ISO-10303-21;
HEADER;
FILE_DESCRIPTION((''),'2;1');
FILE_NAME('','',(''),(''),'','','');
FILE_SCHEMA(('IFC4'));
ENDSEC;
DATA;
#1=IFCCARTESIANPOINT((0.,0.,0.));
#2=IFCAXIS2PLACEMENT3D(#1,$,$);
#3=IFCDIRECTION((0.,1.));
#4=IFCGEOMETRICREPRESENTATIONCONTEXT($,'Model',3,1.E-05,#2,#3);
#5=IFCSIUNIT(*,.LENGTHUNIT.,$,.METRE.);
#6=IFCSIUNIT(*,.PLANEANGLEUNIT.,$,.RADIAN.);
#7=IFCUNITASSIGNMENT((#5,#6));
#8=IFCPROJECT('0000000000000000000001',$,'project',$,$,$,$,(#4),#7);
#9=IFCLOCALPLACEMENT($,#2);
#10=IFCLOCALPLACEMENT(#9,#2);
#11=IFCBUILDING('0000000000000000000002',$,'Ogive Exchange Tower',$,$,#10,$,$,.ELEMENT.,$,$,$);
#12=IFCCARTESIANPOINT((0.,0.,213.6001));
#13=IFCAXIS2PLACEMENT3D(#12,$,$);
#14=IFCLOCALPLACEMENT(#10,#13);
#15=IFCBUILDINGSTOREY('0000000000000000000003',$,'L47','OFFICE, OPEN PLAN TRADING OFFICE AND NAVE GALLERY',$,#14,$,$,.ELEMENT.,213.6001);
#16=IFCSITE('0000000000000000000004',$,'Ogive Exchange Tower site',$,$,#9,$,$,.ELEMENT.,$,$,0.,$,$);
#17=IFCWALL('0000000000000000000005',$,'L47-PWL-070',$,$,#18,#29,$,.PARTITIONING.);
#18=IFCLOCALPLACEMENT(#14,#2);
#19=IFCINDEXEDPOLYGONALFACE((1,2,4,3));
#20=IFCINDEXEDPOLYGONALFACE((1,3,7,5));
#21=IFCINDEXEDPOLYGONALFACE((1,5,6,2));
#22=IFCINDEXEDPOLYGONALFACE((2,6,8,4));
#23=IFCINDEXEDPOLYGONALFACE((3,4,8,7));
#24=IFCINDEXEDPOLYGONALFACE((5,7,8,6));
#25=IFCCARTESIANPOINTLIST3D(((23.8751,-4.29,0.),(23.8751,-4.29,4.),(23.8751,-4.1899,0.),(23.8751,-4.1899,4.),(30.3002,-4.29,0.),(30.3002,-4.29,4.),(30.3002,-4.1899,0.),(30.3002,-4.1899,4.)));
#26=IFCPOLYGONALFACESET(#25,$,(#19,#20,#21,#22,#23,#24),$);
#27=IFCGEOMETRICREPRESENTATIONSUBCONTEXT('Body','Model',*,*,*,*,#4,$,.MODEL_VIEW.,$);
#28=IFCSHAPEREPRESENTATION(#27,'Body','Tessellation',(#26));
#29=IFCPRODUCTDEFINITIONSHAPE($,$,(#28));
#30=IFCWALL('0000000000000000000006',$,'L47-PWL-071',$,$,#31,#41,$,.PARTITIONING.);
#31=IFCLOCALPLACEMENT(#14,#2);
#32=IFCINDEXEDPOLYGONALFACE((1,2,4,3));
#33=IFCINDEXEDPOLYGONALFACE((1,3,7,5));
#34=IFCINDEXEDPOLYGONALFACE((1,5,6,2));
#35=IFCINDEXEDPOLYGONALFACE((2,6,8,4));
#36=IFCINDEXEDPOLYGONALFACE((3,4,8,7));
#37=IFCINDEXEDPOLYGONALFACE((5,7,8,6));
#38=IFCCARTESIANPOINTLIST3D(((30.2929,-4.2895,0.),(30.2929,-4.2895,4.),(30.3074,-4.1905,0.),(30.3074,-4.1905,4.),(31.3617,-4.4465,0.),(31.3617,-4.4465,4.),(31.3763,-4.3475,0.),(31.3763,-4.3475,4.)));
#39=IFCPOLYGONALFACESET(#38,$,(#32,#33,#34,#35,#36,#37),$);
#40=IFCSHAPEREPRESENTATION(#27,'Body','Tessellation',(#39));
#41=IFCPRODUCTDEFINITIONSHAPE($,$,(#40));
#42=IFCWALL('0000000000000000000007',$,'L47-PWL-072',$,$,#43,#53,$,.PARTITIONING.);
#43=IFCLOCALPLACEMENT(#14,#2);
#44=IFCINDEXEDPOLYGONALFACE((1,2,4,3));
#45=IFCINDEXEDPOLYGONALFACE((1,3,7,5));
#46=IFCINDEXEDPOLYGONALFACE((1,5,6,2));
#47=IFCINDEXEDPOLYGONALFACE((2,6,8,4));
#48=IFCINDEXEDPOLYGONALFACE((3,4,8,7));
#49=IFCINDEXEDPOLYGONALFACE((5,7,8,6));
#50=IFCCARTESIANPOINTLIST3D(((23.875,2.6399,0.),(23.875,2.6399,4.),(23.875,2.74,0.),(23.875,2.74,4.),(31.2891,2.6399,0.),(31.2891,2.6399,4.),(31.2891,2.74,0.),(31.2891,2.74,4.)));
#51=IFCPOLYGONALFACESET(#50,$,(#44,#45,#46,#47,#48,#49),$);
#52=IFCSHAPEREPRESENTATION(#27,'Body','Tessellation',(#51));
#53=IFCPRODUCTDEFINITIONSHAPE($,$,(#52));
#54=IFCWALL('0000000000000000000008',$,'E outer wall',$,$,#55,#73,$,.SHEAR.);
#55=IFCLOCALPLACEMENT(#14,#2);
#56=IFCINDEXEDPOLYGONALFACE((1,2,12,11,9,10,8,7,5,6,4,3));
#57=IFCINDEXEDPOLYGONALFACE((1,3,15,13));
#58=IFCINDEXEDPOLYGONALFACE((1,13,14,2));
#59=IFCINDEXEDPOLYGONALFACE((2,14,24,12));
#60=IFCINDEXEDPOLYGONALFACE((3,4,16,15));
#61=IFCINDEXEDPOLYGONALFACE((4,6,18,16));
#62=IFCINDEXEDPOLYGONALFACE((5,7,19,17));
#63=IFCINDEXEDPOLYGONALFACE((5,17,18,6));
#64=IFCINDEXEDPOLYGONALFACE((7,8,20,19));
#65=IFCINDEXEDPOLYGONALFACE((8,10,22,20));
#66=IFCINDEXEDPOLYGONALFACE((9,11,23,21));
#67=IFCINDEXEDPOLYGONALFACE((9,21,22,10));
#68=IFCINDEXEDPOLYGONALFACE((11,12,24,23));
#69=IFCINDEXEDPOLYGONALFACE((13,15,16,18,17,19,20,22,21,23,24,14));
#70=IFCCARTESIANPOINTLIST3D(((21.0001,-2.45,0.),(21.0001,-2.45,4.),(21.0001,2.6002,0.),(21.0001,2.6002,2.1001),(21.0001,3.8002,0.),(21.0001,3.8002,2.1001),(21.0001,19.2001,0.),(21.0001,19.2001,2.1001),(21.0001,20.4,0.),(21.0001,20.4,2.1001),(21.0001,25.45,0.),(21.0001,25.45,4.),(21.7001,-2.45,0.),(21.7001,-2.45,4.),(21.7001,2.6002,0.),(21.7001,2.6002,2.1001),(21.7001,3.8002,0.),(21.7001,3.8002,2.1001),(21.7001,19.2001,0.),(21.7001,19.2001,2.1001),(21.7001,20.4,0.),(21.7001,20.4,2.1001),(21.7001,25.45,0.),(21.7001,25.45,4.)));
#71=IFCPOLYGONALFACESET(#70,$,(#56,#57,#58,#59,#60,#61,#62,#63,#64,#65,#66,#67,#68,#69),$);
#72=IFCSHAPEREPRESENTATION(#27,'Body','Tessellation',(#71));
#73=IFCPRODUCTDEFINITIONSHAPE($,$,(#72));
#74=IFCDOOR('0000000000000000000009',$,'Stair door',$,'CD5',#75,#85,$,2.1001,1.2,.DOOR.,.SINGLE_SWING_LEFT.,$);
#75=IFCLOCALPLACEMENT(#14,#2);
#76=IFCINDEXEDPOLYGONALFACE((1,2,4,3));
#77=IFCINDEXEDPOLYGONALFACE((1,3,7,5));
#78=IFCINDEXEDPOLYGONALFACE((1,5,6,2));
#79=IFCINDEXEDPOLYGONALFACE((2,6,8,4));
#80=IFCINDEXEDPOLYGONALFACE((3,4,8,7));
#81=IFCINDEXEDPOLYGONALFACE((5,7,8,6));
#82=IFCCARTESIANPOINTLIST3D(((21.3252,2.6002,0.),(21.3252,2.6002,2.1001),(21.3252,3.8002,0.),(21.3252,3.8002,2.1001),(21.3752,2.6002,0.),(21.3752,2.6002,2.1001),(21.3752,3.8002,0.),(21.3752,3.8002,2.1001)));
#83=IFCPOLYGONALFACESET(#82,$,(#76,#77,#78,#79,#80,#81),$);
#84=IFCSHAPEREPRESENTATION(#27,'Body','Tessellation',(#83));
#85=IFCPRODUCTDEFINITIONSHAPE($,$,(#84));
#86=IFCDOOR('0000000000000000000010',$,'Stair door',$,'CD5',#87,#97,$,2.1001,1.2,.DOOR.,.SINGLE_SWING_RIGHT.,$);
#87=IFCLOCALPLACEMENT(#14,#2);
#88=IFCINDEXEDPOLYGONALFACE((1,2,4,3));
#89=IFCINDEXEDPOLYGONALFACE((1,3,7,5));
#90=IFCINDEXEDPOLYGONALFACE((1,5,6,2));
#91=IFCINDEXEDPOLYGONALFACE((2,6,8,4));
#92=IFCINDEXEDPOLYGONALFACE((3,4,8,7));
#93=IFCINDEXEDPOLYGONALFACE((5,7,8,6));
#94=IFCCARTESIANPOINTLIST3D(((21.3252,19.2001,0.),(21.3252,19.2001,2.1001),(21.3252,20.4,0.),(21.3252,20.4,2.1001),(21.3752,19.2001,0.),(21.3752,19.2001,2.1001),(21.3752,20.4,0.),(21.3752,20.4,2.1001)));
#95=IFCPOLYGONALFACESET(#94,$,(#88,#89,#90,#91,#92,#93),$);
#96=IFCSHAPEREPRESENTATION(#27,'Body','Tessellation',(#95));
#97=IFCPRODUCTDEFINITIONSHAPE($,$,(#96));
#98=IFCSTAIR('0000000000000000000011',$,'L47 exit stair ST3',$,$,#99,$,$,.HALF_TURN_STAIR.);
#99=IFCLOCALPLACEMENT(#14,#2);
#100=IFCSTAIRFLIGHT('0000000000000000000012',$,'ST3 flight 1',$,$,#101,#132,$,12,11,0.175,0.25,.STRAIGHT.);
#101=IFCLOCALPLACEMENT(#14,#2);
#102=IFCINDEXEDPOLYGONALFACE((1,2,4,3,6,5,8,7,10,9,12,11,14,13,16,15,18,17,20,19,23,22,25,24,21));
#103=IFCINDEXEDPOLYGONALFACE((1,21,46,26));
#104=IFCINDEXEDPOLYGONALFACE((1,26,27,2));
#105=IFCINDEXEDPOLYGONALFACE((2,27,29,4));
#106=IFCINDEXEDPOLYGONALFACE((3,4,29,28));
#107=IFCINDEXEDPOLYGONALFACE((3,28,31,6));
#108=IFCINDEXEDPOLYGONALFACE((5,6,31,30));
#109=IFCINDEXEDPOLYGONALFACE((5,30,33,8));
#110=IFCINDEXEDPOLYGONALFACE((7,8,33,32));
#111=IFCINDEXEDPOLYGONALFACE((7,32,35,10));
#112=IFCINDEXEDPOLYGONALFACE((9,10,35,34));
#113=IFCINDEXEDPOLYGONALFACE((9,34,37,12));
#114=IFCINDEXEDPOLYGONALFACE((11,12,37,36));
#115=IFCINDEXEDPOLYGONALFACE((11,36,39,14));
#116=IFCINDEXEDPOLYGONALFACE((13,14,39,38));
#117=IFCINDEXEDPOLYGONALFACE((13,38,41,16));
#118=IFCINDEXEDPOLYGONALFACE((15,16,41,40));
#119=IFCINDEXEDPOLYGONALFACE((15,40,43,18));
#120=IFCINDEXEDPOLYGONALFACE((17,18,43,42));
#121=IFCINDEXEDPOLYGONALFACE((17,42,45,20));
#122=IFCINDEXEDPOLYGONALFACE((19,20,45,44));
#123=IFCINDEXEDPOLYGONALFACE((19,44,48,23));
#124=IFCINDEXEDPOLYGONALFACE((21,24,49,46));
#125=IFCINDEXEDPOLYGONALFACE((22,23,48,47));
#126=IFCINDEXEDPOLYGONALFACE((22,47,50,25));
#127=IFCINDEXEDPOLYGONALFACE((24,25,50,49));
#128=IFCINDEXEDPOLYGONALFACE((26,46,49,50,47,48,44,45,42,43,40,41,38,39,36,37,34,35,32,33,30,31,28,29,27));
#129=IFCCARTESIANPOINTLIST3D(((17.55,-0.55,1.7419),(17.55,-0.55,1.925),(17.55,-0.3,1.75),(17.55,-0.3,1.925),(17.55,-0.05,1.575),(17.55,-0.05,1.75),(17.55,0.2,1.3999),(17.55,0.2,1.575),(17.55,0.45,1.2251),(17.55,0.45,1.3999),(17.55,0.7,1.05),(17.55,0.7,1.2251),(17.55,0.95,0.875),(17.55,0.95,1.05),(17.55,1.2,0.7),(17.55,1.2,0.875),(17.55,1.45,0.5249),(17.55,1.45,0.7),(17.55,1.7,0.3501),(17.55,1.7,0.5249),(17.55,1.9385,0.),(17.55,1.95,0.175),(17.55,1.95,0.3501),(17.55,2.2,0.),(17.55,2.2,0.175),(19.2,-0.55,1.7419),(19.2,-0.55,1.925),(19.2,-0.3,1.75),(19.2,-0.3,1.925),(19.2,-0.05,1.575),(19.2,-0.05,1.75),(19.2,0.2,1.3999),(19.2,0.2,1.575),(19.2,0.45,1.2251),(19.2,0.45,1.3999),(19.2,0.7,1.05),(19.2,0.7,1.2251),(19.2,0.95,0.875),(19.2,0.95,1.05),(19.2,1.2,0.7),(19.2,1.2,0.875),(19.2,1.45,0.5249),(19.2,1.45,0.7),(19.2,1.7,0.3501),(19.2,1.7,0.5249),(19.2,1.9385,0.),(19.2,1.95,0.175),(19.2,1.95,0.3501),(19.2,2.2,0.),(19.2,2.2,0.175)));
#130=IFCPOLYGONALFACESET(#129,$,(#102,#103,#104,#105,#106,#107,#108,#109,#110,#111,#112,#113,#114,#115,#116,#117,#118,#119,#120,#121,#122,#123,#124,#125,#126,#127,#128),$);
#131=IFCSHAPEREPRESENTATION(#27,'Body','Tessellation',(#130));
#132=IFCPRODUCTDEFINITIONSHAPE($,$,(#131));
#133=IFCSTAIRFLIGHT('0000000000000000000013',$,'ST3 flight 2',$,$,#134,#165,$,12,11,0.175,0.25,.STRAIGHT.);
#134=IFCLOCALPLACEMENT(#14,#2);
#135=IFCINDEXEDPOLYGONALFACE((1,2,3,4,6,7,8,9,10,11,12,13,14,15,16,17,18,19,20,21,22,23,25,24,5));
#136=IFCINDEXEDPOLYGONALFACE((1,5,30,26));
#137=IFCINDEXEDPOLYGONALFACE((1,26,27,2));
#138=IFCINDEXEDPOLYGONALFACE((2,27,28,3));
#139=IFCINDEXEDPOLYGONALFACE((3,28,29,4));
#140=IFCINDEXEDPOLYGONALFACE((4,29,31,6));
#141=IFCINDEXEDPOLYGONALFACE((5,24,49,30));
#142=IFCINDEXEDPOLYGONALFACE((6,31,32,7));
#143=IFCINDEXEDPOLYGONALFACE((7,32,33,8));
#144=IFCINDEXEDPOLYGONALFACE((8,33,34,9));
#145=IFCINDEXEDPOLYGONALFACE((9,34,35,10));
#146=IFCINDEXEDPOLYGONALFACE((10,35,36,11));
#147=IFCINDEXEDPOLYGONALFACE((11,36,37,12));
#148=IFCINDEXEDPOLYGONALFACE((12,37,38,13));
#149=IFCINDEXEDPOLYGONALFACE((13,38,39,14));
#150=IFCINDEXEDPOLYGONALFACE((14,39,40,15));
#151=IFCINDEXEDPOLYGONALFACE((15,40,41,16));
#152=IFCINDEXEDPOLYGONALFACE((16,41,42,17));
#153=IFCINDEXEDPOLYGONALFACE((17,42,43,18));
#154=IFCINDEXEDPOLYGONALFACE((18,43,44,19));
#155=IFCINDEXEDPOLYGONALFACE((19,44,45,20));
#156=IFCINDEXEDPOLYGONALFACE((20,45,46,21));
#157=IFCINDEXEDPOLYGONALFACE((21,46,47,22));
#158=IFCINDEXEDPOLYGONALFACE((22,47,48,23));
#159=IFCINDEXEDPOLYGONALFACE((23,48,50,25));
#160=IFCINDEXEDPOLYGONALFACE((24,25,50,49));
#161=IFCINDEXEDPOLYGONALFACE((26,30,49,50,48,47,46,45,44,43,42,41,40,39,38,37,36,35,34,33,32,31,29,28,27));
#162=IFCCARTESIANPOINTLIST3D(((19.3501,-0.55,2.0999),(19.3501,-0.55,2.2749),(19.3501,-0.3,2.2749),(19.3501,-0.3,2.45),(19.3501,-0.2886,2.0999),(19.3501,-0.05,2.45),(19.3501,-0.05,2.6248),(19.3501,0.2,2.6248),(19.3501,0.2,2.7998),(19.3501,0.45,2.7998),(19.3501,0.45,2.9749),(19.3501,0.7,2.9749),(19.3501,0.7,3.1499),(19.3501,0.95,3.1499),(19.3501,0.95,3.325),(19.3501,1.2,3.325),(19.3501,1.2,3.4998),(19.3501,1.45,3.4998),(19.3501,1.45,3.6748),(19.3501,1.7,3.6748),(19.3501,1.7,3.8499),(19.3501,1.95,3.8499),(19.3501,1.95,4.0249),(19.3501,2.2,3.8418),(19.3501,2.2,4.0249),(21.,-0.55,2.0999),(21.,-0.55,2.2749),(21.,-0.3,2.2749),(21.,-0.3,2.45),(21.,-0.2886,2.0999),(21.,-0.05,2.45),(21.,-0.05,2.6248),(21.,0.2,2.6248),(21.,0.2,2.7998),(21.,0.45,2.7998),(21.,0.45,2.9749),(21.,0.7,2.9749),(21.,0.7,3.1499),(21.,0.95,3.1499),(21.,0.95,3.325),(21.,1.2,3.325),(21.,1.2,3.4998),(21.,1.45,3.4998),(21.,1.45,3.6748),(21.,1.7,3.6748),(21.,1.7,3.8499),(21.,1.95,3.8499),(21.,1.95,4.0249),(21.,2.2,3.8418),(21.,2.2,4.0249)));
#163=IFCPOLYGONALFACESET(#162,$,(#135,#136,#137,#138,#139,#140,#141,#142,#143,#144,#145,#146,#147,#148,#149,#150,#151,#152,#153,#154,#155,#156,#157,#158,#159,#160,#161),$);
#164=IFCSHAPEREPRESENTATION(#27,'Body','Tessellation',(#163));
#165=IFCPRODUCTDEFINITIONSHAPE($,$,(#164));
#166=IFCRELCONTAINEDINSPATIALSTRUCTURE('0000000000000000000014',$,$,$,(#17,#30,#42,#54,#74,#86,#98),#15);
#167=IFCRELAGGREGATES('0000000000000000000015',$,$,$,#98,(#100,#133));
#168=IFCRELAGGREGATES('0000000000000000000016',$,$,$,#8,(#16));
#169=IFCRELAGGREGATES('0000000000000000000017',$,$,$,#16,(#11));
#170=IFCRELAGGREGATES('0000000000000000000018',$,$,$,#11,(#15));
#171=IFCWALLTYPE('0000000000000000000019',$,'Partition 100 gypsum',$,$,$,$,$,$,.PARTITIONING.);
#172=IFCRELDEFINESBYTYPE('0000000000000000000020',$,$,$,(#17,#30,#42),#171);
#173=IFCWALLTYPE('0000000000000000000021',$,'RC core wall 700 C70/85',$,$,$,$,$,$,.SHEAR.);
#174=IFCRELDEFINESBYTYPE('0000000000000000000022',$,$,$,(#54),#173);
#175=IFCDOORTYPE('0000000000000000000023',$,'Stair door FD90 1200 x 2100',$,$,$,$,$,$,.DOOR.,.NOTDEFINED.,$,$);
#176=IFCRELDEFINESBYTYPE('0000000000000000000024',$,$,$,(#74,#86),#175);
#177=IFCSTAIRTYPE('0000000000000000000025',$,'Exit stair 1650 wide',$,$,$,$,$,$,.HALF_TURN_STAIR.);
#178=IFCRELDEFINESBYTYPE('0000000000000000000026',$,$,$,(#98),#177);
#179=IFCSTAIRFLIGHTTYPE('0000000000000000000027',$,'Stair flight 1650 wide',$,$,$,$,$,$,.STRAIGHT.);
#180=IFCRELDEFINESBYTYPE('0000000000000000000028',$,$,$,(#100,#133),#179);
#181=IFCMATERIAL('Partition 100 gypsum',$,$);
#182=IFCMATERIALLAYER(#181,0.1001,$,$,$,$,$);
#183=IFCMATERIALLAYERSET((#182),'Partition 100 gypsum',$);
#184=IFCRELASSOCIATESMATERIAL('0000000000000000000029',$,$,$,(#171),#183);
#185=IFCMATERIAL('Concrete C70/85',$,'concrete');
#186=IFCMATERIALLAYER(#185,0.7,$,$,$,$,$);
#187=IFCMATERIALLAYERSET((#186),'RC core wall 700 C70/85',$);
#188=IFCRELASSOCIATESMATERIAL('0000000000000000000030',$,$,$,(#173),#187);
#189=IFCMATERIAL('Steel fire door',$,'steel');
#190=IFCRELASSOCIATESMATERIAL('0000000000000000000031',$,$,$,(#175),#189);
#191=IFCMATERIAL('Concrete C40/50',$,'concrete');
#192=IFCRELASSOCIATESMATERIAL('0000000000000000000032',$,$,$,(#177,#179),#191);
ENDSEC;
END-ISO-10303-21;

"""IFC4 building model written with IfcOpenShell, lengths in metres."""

from ifc_helpers import new_model, si_unit, direction, frame, frame_2d, origin, place, context, subcontext, project, spatial, polyline, rectangle, outline, extrude, material, layer, layer_set, type_object, element, fill, aggregate, save


model = new_model("IFC4")

# Units and contexts
model_context = context("Model", 3, precision=1e-05, world=origin(), true_north=direction((0.0, 1.0)))
body_context = subcontext(model_context, "Body", "Model", "MODEL_VIEW")
ifc_project = project(units=[si_unit("LENGTHUNIT", "METRE"), si_unit("PLANEANGLEUNIT", "RADIAN")], contexts=[model_context])

# Site, building, storey
site_placement = place(None, origin())
site = spatial("IfcSite", under=ifc_project, at=site_placement, Name="Ogive Exchange Tower site", CompositionType="ELEMENT", RefElevation=0.0)
building_placement = place(site_placement, origin())
building = spatial("IfcBuilding", under=site, at=building_placement, Name="Ogive Exchange Tower", CompositionType="ELEMENT")
storey_placement = place(building_placement, frame((0.0, 0.0, 213.6001)))
storey = spatial("IfcBuildingStorey", under=building, at=storey_placement, Name="L47", Description="OFFICE, OPEN PLAN TRADING OFFICE AND NAVE GALLERY", CompositionType="ELEMENT", Elevation=213.6001)

# Walls
ifc_material_1 = material(Name="Partition 100 gypsum")
ifc_layer_1 = layer(ifc_material_1, 0.1001)
ifc_layer_set_1 = layer_set([ifc_layer_1], Name="Partition 100 gypsum")
wall_type_1 = type_object("IfcWallType", Name="Partition 100 gypsum", PredefinedType="PARTITIONING", material=ifc_layer_set_1)
wall_1_placement = place(storey_placement, frame((30.3, -4.24, 0.0), z_axis=(0.0, 0.0, 1.0), x_axis=(-1.0, 0.0, 0.0)))
element("IfcWall", 1, at=wall_1_placement, inside=storey, type_object=wall_type_1, Name="L47-PWL-070", PredefinedType="PARTITIONING", context=body_context, shape_type="SweptSolid", body=[
    extrude(rectangle(XDim=6.425, YDim=0.1001, at=frame_2d((3.2124, 0.0))), origin(), (0.0, 0.0, 1.0), 4.0),
])
wall_2_placement = place(storey_placement, frame((31.3689, -4.397, 0.0), z_axis=(0.0, 0.0, 1.0), x_axis=(-0.989386, 0.145312, 0.0)))
element("IfcWall", 2, at=wall_2_placement, inside=storey, type_object=wall_type_1, Name="L47-PWL-071", PredefinedType="PARTITIONING", context=body_context, shape_type="SweptSolid", body=[
    extrude(rectangle(XDim=1.0803, YDim=0.1001, at=frame_2d((0.54, 0.0))), origin(), (0.0, 0.0, 1.0), 4.0),
])
wall_3_placement = place(storey_placement, frame((31.2891, 2.6899, 0.0), z_axis=(0.0, 0.0, 1.0), x_axis=(-1.0, 0.0, 0.0)))
element("IfcWall", 3, at=wall_3_placement, inside=storey, type_object=wall_type_1, Name="L47-PWL-072", PredefinedType="PARTITIONING", context=body_context, shape_type="SweptSolid", body=[
    extrude(rectangle(XDim=7.4141, YDim=0.1001, at=frame_2d((3.707, 0.0))), origin(), (0.0, 0.0, 1.0), 4.0),
])

# Wall, openings, doors
ifc_material_2 = material(Name="Concrete C70/85", Category="concrete")
ifc_layer_2 = layer(ifc_material_2, 0.7)
ifc_layer_set_2 = layer_set([ifc_layer_2], Name="RC core wall 700 C70/85")
wall_type_2 = type_object("IfcWallType", Name="RC core wall 700 C70/85", PredefinedType="SHEAR", material=ifc_layer_set_2)
wall_4_placement = place(storey_placement, frame((21.3501, -2.45, 0.0), z_axis=(0.0, 0.0, 1.0), x_axis=(0.0, 1.0, 0.0)))
wall_4 = element("IfcWall", 4, at=wall_4_placement, inside=storey, type_object=wall_type_2, Name="E outer wall", PredefinedType="SHEAR", context=body_context, shape_type="SweptSolid", body=[
    extrude(rectangle(XDim=27.8999, YDim=0.7, at=frame_2d((13.95, 0.0))), origin(), (0.0, 0.0, 1.0), 4.0),
])
opening_1_placement = place(wall_4_placement, frame((5.05, 0.0, 0.0)))
opening_1 = element("IfcOpeningElement", 5, at=opening_1_placement, cuts=wall_4, PredefinedType="OPENING", context=body_context, shape_type="SweptSolid", body=[
    extrude(rectangle(XDim=1.2, YDim=2.1001, at=frame_2d((0.6001, 1.05))), frame((0.0, 0.3599, 0.0), z_axis=(0.0, -1.0, 0.0), x_axis=(1.0, 0.0, 0.0)), (0.0, 0.0, 1.0), 0.72),
])
opening_2_placement = place(wall_4_placement, frame((21.6499, 0.0, 0.0)))
opening_2 = element("IfcOpeningElement", 6, at=opening_2_placement, cuts=wall_4, PredefinedType="OPENING", context=body_context, shape_type="SweptSolid", body=[
    extrude(rectangle(XDim=1.2, YDim=2.1001, at=frame_2d((0.6001, 1.05))), frame((0.0, 0.3599, 0.0), z_axis=(0.0, -1.0, 0.0), x_axis=(1.0, 0.0, 0.0)), (0.0, 0.0, 1.0), 0.72),
])
ifc_material_3 = material(Name="Steel fire door", Category="steel")
door_type_1 = type_object("IfcDoorType", Name="Stair door FD90 1200 x 2100", OperationType="NOTDEFINED", PredefinedType="DOOR", material=ifc_material_3)
door_1_placement = place(opening_1_placement, origin())
door_1 = element("IfcDoor", 7, at=door_1_placement, inside=storey, type_object=door_type_1, Name="Stair door", ObjectType="CD5", OperationType="SINGLE_SWING_LEFT", OverallHeight=2.1001, OverallWidth=1.2, PredefinedType="DOOR", context=body_context, shape_type="SweptSolid", body=[
    extrude(rectangle(XDim=1.2, YDim=2.1001, at=frame_2d((0.6001, 1.05))), frame((0.0, 0.0249, 0.0), z_axis=(0.0, -1.0, 0.0), x_axis=(1.0, 0.0, 0.0)), (0.0, 0.0, 1.0), 0.05),
])
fill(opening_1, door_1)
door_2_placement = place(opening_2_placement, origin())
door_2 = element("IfcDoor", 8, at=door_2_placement, inside=storey, type_object=door_type_1, Name="Stair door", ObjectType="CD5", OperationType="SINGLE_SWING_RIGHT", OverallHeight=2.1001, OverallWidth=1.2, PredefinedType="DOOR", context=body_context, shape_type="SweptSolid", body=[
    extrude(rectangle(XDim=1.2, YDim=2.1001, at=frame_2d((0.6001, 1.05))), frame((0.0, 0.0249, 0.0), z_axis=(0.0, -1.0, 0.0), x_axis=(1.0, 0.0, 0.0)), (0.0, 0.0, 1.0), 0.05),
])
fill(opening_2, door_2)

# Stair, stair flights
ifc_material_4 = material(Name="Concrete C40/50", Category="concrete")
stair_type = type_object("IfcStairType", Name="Exit stair 1650 wide", PredefinedType="HALF_TURN_STAIR", material=ifc_material_4)
stair_placement = place(storey_placement, origin())
stair = element("IfcStair", 9, at=stair_placement, inside=storey, type_object=stair_type, Name="L47 exit stair ST3", PredefinedType="HALF_TURN_STAIR")
stair_flight_type = type_object("IfcStairFlightType", Name="Stair flight 1650 wide", PredefinedType="STRAIGHT", material=ifc_material_4)
stair_flight_1_placement = place(storey_placement, frame((18.375, 2.2, 0.0), z_axis=(0.0, 0.0, 1.0), x_axis=(0.0, -1.0, 0.0)))
stair_flight_1 = element("IfcStairFlight", 10, at=stair_flight_1_placement, type_object=stair_flight_type, Name="ST3 flight 1", NumberOfRisers=12, NumberOfTreads=11, PredefinedType="STRAIGHT", RiserHeight=0.175, TreadLength=0.25, context=body_context, shape_type="SweptSolid", body=[
    extrude(outline(polyline([(0.0, 0.0), (0.0, 0.175), (0.25, 0.175), (0.25, 0.3501), (0.5, 0.3501), (0.5, 0.5249), (0.75, 0.5249), (0.75, 0.7), (1.0, 0.7), (1.0, 0.875), (1.25, 0.875), (1.25, 1.05), (1.5, 1.05), (1.5, 1.2251), (1.75, 1.2251), (1.75, 1.3999), (2.0, 1.3999), (2.0, 1.575), (2.25, 1.575), (2.25, 1.75), (2.5, 1.75), (2.5, 1.925), (2.75, 1.925), (2.75, 2.1001), (2.75, 1.7419), (0.2615, 0.0), (0.0, 0.0)])), frame((0.0, 0.825, 0.0), z_axis=(0.0, -1.0, 0.0), x_axis=(1.0, 0.0, 0.0)), (0.0, 0.0, 1.0), 1.6499),
])
stair_flight_2_placement = place(storey_placement, frame((20.175, -0.55, 2.0999), z_axis=(0.0, 0.0, 1.0), x_axis=(0.0, 1.0, 0.0)))
stair_flight_2 = element("IfcStairFlight", 11, at=stair_flight_2_placement, type_object=stair_flight_type, Name="ST3 flight 2", NumberOfRisers=12, NumberOfTreads=11, PredefinedType="STRAIGHT", RiserHeight=0.175, TreadLength=0.25, context=body_context, shape_type="SweptSolid", body=[
    extrude(outline(polyline([(0.0, 0.0), (0.0, 0.175), (0.25, 0.175), (0.25, 0.3501), (0.5, 0.3501), (0.5, 0.5249), (0.75, 0.5249), (0.75, 0.7), (1.0, 0.7), (1.0, 0.875), (1.25, 0.875), (1.25, 1.05), (1.5, 1.05), (1.5, 1.2251), (1.75, 1.2251), (1.75, 1.3999), (2.0, 1.3999), (2.0, 1.575), (2.25, 1.575), (2.25, 1.75), (2.5, 1.75), (2.5, 1.925), (2.75, 1.925), (2.75, 2.1001), (2.75, 1.7419), (0.2615, 0.0), (0.0, 0.0)])), frame((0.0, 0.825, 0.0), z_axis=(0.0, -1.0, 0.0), x_axis=(1.0, 0.0, 0.0)), (0.0, 0.0, 1.0), 1.6499),
])
aggregate(stair, [stair_flight_1, stair_flight_2])

save(model, "model.ifc")
